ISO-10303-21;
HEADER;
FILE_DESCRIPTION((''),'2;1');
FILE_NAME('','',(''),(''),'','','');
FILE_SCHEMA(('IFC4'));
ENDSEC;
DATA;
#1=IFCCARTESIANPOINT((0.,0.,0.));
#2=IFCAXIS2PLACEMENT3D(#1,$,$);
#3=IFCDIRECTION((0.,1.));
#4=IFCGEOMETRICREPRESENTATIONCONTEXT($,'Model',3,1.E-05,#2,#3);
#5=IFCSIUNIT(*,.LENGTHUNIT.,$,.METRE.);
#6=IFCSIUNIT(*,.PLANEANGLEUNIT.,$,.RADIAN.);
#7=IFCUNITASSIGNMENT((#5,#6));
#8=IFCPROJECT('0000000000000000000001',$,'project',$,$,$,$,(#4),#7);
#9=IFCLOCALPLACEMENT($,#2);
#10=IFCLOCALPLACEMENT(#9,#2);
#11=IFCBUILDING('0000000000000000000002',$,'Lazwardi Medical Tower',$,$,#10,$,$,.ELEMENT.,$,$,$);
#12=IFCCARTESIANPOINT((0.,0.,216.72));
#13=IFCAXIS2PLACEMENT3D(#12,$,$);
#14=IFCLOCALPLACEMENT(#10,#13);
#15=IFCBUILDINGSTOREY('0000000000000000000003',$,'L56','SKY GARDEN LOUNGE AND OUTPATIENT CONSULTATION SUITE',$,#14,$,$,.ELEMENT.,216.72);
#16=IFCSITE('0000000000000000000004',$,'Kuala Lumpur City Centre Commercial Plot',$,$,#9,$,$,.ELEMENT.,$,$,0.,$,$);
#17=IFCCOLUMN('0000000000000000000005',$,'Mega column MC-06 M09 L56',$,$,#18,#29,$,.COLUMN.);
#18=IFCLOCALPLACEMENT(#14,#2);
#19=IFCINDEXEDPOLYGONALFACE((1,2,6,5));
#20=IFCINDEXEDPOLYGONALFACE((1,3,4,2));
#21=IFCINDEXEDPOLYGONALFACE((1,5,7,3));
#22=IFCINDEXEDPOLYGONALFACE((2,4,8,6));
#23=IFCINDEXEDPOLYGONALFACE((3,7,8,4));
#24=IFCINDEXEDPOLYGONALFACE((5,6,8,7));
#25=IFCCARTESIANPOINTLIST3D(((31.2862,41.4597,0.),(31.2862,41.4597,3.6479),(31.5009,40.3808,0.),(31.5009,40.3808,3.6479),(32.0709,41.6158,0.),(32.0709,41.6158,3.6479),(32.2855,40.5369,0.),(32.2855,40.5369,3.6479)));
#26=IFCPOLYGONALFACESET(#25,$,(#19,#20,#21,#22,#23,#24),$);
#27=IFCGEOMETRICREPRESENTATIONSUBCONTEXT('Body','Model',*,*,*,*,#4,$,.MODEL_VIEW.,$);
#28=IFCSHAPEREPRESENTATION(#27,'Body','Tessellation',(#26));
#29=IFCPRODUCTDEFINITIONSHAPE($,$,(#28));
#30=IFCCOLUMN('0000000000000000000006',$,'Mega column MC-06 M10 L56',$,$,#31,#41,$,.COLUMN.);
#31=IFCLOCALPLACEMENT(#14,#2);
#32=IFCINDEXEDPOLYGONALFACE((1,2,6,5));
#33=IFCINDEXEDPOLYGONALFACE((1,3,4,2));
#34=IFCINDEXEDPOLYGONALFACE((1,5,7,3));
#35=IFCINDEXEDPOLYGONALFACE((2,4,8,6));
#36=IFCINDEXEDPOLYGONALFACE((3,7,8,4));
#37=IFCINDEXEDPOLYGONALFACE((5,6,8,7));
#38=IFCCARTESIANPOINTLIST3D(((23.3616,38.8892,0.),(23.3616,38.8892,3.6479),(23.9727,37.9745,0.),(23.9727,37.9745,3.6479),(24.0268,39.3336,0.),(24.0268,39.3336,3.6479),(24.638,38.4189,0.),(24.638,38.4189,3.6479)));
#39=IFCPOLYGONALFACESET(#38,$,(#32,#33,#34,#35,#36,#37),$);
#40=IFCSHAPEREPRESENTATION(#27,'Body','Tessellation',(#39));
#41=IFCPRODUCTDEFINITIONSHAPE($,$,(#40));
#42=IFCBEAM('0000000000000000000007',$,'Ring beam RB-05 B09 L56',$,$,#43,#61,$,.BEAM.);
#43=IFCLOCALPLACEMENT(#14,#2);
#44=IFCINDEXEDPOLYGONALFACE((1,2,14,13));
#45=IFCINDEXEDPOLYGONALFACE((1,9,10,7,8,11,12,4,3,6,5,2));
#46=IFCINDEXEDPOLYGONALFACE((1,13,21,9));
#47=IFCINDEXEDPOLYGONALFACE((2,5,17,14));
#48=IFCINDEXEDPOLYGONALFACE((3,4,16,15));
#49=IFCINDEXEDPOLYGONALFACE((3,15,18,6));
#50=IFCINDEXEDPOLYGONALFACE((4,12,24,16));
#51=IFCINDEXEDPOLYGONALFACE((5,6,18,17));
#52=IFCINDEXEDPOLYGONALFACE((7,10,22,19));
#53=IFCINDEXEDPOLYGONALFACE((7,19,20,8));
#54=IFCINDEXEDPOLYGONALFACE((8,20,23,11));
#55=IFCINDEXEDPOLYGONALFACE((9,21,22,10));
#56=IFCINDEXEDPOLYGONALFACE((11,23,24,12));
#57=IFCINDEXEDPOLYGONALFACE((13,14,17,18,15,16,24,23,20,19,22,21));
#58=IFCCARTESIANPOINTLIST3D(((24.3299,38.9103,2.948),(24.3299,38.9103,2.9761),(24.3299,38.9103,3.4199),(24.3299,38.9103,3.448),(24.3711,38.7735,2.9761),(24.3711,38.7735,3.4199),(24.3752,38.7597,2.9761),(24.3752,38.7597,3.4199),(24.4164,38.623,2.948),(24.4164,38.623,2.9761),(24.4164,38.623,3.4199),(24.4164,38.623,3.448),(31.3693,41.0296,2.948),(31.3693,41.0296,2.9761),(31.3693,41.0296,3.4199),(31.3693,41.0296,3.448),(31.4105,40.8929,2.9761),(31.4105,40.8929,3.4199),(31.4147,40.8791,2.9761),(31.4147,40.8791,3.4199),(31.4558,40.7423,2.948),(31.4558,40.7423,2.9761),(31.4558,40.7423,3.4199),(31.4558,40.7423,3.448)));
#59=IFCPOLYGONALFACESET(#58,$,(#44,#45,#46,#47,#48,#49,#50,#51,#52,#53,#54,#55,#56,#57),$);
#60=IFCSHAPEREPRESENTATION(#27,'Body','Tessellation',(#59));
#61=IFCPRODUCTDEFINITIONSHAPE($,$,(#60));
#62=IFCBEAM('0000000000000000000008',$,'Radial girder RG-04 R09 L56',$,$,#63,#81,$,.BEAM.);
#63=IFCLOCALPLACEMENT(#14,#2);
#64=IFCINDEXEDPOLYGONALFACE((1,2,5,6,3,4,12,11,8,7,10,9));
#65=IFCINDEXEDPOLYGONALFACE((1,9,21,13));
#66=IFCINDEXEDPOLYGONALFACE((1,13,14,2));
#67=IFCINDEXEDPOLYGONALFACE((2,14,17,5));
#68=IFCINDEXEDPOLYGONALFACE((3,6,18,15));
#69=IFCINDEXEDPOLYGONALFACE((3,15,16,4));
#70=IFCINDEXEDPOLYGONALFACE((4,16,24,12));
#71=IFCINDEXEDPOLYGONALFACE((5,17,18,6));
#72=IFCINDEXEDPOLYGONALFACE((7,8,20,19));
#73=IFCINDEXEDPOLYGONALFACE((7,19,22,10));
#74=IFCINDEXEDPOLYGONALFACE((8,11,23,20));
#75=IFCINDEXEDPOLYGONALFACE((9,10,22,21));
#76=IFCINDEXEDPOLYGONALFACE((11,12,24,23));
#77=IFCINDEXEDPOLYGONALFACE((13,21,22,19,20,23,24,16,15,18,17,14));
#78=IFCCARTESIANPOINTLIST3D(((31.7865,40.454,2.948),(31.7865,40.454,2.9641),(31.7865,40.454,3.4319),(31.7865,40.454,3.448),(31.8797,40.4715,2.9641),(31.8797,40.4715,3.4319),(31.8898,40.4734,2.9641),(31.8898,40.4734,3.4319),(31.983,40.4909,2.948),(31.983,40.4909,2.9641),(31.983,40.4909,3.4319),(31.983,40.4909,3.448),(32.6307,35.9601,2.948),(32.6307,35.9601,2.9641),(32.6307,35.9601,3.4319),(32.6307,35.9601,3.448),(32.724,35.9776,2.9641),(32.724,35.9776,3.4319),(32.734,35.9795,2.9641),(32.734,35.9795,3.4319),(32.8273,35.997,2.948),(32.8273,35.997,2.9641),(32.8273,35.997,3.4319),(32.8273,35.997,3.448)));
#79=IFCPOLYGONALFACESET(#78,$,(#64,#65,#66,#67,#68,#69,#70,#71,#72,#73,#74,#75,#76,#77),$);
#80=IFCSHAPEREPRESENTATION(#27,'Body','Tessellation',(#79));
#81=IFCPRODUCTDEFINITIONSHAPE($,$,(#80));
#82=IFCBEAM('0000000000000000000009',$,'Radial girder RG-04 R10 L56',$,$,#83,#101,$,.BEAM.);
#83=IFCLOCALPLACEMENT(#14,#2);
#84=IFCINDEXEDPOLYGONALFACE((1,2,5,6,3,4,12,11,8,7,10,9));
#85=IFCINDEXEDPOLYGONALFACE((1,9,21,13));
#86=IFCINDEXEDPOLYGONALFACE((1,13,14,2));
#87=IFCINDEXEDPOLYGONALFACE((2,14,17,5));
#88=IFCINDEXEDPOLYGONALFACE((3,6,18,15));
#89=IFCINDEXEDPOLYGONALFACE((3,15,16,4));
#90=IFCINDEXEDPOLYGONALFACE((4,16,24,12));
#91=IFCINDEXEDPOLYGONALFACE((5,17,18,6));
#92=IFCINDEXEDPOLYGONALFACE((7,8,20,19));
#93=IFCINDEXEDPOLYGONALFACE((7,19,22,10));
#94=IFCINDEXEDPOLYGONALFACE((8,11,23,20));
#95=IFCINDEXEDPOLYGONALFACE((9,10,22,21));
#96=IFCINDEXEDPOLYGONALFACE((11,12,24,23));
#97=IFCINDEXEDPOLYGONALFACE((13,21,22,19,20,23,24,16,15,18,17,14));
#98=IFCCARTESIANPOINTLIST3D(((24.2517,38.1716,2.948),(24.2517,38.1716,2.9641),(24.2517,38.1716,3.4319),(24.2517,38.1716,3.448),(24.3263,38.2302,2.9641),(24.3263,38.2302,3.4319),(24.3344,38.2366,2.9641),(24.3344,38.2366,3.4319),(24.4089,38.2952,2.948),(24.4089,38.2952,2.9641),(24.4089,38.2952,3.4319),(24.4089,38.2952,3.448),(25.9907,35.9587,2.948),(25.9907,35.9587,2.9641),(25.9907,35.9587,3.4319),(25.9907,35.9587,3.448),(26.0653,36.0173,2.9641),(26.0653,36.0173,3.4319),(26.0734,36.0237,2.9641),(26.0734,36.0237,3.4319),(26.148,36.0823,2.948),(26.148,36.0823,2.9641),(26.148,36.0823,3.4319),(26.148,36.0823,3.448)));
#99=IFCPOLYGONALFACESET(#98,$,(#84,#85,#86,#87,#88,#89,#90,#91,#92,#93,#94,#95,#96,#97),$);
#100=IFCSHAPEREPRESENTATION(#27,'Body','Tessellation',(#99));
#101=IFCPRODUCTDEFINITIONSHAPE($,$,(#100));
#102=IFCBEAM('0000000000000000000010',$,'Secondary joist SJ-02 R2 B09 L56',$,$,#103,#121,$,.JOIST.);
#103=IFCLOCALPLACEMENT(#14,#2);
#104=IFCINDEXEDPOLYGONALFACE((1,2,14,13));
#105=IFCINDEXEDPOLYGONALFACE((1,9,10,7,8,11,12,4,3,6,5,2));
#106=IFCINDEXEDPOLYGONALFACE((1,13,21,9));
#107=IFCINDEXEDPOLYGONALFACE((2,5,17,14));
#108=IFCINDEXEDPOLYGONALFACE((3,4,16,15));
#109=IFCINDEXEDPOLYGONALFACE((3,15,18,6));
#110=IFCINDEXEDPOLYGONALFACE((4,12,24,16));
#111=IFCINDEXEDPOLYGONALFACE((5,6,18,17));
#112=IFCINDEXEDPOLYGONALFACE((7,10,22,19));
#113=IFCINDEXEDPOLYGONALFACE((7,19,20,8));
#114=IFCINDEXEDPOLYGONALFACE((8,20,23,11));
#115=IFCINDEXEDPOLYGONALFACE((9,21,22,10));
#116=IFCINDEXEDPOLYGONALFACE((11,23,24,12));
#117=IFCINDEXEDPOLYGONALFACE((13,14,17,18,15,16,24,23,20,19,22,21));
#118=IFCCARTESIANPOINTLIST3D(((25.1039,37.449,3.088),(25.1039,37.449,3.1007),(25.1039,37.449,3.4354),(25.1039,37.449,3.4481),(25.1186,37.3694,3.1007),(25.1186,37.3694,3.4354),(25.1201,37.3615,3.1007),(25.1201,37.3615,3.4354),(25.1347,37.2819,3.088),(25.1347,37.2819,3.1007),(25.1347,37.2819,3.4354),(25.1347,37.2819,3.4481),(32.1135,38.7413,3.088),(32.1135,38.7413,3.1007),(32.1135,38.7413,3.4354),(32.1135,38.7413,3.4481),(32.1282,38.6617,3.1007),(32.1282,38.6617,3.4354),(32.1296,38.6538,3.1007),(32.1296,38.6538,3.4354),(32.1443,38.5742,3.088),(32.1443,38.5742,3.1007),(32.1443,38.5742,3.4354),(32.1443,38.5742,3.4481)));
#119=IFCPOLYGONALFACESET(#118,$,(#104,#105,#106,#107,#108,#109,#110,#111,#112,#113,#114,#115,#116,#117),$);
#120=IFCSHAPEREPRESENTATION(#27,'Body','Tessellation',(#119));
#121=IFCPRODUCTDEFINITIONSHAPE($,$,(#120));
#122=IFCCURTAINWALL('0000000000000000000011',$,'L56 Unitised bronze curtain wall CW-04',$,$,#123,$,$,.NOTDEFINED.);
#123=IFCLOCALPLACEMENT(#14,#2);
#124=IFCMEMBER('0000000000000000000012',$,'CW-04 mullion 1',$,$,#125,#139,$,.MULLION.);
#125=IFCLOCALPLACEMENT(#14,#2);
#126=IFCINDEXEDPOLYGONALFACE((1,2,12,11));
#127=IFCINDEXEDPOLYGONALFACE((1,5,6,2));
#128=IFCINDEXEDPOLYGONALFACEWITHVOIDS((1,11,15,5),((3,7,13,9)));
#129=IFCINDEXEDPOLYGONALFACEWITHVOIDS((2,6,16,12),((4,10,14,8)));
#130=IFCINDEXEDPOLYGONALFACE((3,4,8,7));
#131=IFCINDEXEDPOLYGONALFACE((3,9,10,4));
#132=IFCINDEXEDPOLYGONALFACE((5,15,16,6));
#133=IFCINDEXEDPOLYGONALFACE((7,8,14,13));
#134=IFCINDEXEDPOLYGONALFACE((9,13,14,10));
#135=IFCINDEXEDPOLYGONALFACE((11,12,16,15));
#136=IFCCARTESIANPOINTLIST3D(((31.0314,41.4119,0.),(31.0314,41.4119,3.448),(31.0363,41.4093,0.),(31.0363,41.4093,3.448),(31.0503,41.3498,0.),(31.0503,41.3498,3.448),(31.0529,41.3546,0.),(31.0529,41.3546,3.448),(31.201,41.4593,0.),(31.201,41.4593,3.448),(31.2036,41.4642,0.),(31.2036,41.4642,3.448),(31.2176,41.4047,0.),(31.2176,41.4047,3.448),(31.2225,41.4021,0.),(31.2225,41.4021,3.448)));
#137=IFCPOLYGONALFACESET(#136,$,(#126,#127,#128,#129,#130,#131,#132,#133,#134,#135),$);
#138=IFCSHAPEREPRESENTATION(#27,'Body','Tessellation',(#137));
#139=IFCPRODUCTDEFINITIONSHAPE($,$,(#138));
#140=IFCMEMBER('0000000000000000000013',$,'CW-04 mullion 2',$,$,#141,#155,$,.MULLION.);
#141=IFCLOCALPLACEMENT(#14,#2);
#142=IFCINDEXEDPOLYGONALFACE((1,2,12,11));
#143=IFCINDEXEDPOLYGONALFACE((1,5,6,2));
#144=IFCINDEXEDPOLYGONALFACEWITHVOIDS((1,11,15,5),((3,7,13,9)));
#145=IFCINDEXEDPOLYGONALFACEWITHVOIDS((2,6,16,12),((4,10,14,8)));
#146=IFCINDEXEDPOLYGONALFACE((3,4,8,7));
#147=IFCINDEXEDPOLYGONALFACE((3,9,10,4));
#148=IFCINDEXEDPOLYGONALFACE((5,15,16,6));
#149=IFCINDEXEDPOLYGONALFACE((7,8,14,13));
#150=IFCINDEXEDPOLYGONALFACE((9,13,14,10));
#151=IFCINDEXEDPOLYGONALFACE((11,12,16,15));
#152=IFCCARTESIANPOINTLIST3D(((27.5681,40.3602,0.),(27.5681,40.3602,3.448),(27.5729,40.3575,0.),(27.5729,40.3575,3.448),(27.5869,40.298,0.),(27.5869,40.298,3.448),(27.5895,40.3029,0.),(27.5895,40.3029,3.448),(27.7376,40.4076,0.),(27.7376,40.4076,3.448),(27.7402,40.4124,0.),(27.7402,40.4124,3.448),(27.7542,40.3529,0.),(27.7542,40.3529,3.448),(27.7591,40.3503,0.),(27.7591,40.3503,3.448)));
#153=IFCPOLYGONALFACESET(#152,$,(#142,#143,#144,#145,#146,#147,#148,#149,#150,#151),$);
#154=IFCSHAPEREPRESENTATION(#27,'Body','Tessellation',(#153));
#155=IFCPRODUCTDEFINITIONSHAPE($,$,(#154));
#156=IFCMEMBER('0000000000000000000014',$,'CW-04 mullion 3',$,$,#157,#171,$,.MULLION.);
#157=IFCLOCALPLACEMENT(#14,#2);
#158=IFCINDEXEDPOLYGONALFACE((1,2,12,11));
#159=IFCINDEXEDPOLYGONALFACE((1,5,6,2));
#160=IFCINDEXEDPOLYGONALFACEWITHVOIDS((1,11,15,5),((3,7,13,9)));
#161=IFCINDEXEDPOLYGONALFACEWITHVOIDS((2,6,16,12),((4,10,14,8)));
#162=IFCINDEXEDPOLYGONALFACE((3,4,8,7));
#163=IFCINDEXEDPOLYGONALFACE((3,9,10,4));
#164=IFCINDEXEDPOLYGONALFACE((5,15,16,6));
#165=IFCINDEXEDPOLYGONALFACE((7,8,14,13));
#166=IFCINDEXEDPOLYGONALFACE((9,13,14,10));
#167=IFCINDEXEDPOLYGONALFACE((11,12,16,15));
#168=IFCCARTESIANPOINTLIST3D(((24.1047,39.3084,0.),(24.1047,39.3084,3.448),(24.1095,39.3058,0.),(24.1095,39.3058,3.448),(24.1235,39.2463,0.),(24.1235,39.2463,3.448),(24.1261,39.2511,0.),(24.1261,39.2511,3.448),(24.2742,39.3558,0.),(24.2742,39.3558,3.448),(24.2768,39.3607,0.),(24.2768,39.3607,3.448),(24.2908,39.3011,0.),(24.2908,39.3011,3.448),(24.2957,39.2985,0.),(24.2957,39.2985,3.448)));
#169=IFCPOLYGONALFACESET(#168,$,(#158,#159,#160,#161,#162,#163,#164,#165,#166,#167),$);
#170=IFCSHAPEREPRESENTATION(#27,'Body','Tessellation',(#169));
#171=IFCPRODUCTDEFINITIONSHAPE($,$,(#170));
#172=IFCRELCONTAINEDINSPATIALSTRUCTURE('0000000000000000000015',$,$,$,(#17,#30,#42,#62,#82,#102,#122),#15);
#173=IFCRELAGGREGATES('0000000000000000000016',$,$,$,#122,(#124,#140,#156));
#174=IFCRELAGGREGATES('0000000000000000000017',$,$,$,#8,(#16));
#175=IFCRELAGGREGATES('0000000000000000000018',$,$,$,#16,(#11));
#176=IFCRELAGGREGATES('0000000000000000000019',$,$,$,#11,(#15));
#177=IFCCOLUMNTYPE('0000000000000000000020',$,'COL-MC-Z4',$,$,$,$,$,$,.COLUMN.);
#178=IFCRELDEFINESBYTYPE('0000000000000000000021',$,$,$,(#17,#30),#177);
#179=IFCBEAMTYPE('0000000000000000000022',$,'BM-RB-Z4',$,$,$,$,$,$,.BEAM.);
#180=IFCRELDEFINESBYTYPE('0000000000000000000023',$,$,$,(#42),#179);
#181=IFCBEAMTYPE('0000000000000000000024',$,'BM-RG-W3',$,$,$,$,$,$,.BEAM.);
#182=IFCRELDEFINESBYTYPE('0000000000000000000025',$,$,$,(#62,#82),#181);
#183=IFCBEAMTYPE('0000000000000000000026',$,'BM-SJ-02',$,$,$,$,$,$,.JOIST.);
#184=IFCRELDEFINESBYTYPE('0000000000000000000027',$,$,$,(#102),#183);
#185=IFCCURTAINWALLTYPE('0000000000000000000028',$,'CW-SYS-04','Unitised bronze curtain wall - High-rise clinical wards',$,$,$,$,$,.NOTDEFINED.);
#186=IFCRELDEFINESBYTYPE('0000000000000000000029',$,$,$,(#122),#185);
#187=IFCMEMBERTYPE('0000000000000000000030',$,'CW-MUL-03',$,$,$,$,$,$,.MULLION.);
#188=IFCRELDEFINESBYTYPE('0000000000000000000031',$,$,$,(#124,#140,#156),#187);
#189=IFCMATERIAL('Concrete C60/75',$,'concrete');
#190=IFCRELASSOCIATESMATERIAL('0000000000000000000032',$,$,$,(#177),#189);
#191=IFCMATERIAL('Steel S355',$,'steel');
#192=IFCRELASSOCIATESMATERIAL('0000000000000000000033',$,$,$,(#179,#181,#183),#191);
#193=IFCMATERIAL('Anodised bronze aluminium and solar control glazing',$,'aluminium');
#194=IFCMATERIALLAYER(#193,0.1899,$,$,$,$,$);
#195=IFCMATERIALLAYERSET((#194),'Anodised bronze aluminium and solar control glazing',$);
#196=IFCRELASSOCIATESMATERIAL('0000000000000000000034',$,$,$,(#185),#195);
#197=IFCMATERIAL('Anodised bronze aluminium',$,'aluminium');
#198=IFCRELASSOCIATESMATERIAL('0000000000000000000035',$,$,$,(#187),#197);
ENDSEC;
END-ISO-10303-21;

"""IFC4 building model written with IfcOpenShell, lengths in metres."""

from ifc_helpers import new_model, si_unit, direction, frame, origin, origin_2d, place, context, subcontext, project, spatial, rectangle, hollow_rectangle, i_section, extrude, material, layer, layer_set, material_profile, profile_set, type_object, element, aggregate, save


model = new_model("IFC4")

# Units and contexts
model_context = context("Model", 3, precision=1e-05, world=origin(), true_north=direction((0.0, 1.0)))
body_context = subcontext(model_context, "Body", "Model", "MODEL_VIEW")
ifc_project = project(units=[si_unit("LENGTHUNIT", "METRE"), si_unit("PLANEANGLEUNIT", "RADIAN")], contexts=[model_context])

# Site, building, storey
site_placement = place(None, origin())
site = spatial("IfcSite", under=ifc_project, at=site_placement, Name="Kuala Lumpur City Centre Commercial Plot", CompositionType="ELEMENT", RefElevation=0.0)
building_placement = place(site_placement, origin())
building = spatial("IfcBuilding", under=site, at=building_placement, Name="Lazwardi Medical Tower", CompositionType="ELEMENT")
storey_placement = place(building_placement, frame((0.0, 0.0, 216.72)))
storey = spatial("IfcBuildingStorey", under=building, at=storey_placement, Name="L56", Description="SKY GARDEN LOUNGE AND OUTPATIENT CONSULTATION SUITE", CompositionType="ELEMENT", Elevation=216.72)

# Columns
ifc_material_1 = material(Name="Concrete C60/75", Category="concrete")
ifc_material_profile_1 = material_profile(ifc_material_1, rectangle(XDim=1.1001, YDim=0.8, at=origin_2d()), Name="CFT-RECT 1100x800")
ifc_profile_set_1 = profile_set([ifc_material_profile_1], Name="Concrete C60/75")
column_type = type_object("IfcColumnType", Name="COL-MC-Z4", PredefinedType="COLUMN", material=ifc_profile_set_1)
for number, where, z_axis, x_axis, name in (
    (1, (31.7859, 40.9983, 0.0), (0.0, 0.0, 1.0), (-0.19509, 0.980785, 0.0), "Mega column MC-06 M09 L56"),
    (2, (23.9998, 38.6541, 0.0), (0.0, 0.0, 1.0), (-0.55557, 0.83147, 0.0), "Mega column MC-06 M10 L56"),
):
    element("IfcColumn", number, at=place(storey_placement, frame(where, z_axis=z_axis, x_axis=x_axis)), inside=storey, type_object=column_type, Name=name, PredefinedType="COLUMN", context=body_context, shape_type="SweptSolid", body=[
        extrude(rectangle(XDim=1.1001, YDim=0.8, at=origin_2d()), origin(), (0.0, 0.0, 1.0), 3.6479),
    ])

# Beams
ifc_material_2 = material(Name="Steel S355", Category="steel")
ifc_material_profile_2 = material_profile(ifc_material_2, i_section(OverallWidth=0.3, OverallDepth=0.5, WebThickness=0.0144, FlangeThickness=0.0281, at=origin_2d()), Name="HEB 500")
ifc_profile_set_2 = profile_set([ifc_material_profile_2], Name="Steel S355")
beam_type_1 = type_object("IfcBeamType", Name="BM-RB-Z4", PredefinedType="BEAM", material=ifc_profile_set_2)
beam_1_placement = place(storey_placement, frame((31.4126, 40.886, 3.198), z_axis=(-0.957544, -0.288286, 0.0), x_axis=(0.288286, -0.957544, 0.0)))
element("IfcBeam", 3, at=beam_1_placement, inside=storey, type_object=beam_type_1, Name="Ring beam RB-05 B09 L56", PredefinedType="BEAM", context=body_context, shape_type="SweptSolid", body=[
    extrude(i_section(OverallWidth=0.3, OverallDepth=0.5, WebThickness=0.0144, FlangeThickness=0.0281, at=origin_2d()), origin(), (0.0, 0.0, 1.0), 7.3516),
])
ifc_material_profile_3 = material_profile(ifc_material_2, i_section(OverallWidth=0.2, OverallDepth=0.5, WebThickness=0.0103, FlangeThickness=0.0161, at=origin_2d()), Name="IPE 500")
ifc_profile_set_3 = profile_set([ifc_material_profile_3], Name="Steel S355")
beam_type_2 = type_object("IfcBeamType", Name="BM-RG-W3", PredefinedType="BEAM", material=ifc_profile_set_3)
beam_2_placement = place(storey_placement, frame((31.8848, 40.4724, 3.198), z_axis=(0.184633, -0.982807, 0.0), x_axis=(0.982807, 0.184633, 0.0)))
element("IfcBeam", 4, at=beam_2_placement, inside=storey, type_object=beam_type_2, Name="Radial girder RG-04 R09 L56", PredefinedType="BEAM", context=body_context, shape_type="SweptSolid", body=[
    extrude(i_section(OverallWidth=0.2, OverallDepth=0.5, WebThickness=0.0103, FlangeThickness=0.0161, at=origin_2d()), origin(), (0.0, 0.0, 1.0), 4.5725),
])
beam_3_placement = place(storey_placement, frame((24.3303, 38.2334, 3.198), z_axis=(0.617891, -0.786264, 0.0), x_axis=(0.786264, 0.617891, 0.0)))
element("IfcBeam", 5, at=beam_3_placement, inside=storey, type_object=beam_type_2, Name="Radial girder RG-04 R10 L56", PredefinedType="BEAM", context=body_context, shape_type="SweptSolid", body=[
    extrude(i_section(OverallWidth=0.2, OverallDepth=0.5, WebThickness=0.0103, FlangeThickness=0.0161, at=origin_2d()), origin(), (0.0, 0.0, 1.0), 2.8145),
])
ifc_material_profile_4 = material_profile(ifc_material_2, i_section(OverallWidth=0.1699, OverallDepth=0.3601, WebThickness=0.0081, FlangeThickness=0.0127, at=origin_2d()), Name="IPE 360")
ifc_profile_set_4 = profile_set([ifc_material_profile_4], Name="Steel S355")
beam_type_3 = type_object("IfcBeamType", Name="BM-SJ-02", PredefinedType="JOIST", material=ifc_profile_set_4)
beam_4_placement = place(storey_placement, frame((32.1289, 38.6577, 3.2681), z_axis=(-0.983428, -0.181299, 0.0), x_axis=(0.181299, -0.983428, 0.0)))
element("IfcBeam", 6, at=beam_4_placement, inside=storey, type_object=beam_type_3, Name="Secondary joist SJ-02 R2 B09 L56", PredefinedType="JOIST", context=body_context, shape_type="SweptSolid", body=[
    extrude(i_section(OverallWidth=0.1699, OverallDepth=0.3601, WebThickness=0.0081, FlangeThickness=0.0127, at=origin_2d()), origin(), (0.0, 0.0, 1.0), 7.1277),
])

# Curtain wall, members
ifc_material_3 = material(Name="Anodised bronze aluminium and solar control glazing", Category="aluminium")
ifc_layer_1 = layer(ifc_material_3, 0.1899)
ifc_layer_set_1 = layer_set([ifc_layer_1], Name="Anodised bronze aluminium and solar control glazing")
curtain_wall_type = type_object("IfcCurtainWallType", Name="CW-SYS-04", Description="Unitised bronze curtain wall - High-rise clinical wards", PredefinedType="NOTDEFINED", material=ifc_layer_set_1)
curtain_wall_placement = place(storey_placement, origin())
curtain_wall = element("IfcCurtainWall", 7, at=curtain_wall_placement, inside=storey, type_object=curtain_wall_type, Name="L56 Unitised bronze curtain wall CW-04", PredefinedType="NOTDEFINED")
ifc_material_4 = material(Name="Anodised bronze aluminium", Category="aluminium")
ifc_material_profile_5 = material_profile(ifc_material_4, hollow_rectangle(XDim=0.0649, YDim=0.1799, WallThickness=0.0039, at=origin_2d()), Name="ALU-MULLION 180x65x4")
ifc_profile_set_5 = profile_set([ifc_material_profile_5], Name="Anodised bronze aluminium")
member_type_1 = type_object("IfcMemberType", Name="CW-MUL-03", PredefinedType="MULLION", material=ifc_profile_set_5)
member_1_placement = place(storey_placement, frame((31.127, 41.407, 0.0), z_axis=(0.0, 0.0, 1.0), x_axis=(0.290582, -0.95685, 0.0)))
member_1 = element("IfcMember", 8, at=member_1_placement, type_object=member_type_1, Name="CW-04 mullion 1", PredefinedType="MULLION", context=body_context, shape_type="SweptSolid", body=[
    extrude(hollow_rectangle(XDim=0.0649, YDim=0.1799, WallThickness=0.0039, at=origin_2d()), origin(), (0.0, 0.0, 1.0), 3.448),
])
member_2_placement = place(storey_placement, frame((27.6636, 40.3552, 0.0), z_axis=(0.0, 0.0, 1.0), x_axis=(0.290582, -0.95685, 0.0)))
member_2 = element("IfcMember", 9, at=member_2_placement, type_object=member_type_1, Name="CW-04 mullion 2", PredefinedType="MULLION", context=body_context, shape_type="SweptSolid", body=[
    extrude(hollow_rectangle(XDim=0.0649, YDim=0.1799, WallThickness=0.0039, at=origin_2d()), origin(), (0.0, 0.0, 1.0), 3.448),
])
member_3_placement = place(storey_placement, frame((24.2002, 39.3035, 0.0), z_axis=(0.0, 0.0, 1.0), x_axis=(0.290582, -0.95685, 0.0)))
member_3 = element("IfcMember", 10, at=member_3_placement, type_object=member_type_1, Name="CW-04 mullion 3", PredefinedType="MULLION", context=body_context, shape_type="SweptSolid", body=[
    extrude(hollow_rectangle(XDim=0.0649, YDim=0.1799, WallThickness=0.0039, at=origin_2d()), origin(), (0.0, 0.0, 1.0), 3.448),
])
aggregate(curtain_wall, [member_1, member_2, member_3])

save(model, "model.ifc")
